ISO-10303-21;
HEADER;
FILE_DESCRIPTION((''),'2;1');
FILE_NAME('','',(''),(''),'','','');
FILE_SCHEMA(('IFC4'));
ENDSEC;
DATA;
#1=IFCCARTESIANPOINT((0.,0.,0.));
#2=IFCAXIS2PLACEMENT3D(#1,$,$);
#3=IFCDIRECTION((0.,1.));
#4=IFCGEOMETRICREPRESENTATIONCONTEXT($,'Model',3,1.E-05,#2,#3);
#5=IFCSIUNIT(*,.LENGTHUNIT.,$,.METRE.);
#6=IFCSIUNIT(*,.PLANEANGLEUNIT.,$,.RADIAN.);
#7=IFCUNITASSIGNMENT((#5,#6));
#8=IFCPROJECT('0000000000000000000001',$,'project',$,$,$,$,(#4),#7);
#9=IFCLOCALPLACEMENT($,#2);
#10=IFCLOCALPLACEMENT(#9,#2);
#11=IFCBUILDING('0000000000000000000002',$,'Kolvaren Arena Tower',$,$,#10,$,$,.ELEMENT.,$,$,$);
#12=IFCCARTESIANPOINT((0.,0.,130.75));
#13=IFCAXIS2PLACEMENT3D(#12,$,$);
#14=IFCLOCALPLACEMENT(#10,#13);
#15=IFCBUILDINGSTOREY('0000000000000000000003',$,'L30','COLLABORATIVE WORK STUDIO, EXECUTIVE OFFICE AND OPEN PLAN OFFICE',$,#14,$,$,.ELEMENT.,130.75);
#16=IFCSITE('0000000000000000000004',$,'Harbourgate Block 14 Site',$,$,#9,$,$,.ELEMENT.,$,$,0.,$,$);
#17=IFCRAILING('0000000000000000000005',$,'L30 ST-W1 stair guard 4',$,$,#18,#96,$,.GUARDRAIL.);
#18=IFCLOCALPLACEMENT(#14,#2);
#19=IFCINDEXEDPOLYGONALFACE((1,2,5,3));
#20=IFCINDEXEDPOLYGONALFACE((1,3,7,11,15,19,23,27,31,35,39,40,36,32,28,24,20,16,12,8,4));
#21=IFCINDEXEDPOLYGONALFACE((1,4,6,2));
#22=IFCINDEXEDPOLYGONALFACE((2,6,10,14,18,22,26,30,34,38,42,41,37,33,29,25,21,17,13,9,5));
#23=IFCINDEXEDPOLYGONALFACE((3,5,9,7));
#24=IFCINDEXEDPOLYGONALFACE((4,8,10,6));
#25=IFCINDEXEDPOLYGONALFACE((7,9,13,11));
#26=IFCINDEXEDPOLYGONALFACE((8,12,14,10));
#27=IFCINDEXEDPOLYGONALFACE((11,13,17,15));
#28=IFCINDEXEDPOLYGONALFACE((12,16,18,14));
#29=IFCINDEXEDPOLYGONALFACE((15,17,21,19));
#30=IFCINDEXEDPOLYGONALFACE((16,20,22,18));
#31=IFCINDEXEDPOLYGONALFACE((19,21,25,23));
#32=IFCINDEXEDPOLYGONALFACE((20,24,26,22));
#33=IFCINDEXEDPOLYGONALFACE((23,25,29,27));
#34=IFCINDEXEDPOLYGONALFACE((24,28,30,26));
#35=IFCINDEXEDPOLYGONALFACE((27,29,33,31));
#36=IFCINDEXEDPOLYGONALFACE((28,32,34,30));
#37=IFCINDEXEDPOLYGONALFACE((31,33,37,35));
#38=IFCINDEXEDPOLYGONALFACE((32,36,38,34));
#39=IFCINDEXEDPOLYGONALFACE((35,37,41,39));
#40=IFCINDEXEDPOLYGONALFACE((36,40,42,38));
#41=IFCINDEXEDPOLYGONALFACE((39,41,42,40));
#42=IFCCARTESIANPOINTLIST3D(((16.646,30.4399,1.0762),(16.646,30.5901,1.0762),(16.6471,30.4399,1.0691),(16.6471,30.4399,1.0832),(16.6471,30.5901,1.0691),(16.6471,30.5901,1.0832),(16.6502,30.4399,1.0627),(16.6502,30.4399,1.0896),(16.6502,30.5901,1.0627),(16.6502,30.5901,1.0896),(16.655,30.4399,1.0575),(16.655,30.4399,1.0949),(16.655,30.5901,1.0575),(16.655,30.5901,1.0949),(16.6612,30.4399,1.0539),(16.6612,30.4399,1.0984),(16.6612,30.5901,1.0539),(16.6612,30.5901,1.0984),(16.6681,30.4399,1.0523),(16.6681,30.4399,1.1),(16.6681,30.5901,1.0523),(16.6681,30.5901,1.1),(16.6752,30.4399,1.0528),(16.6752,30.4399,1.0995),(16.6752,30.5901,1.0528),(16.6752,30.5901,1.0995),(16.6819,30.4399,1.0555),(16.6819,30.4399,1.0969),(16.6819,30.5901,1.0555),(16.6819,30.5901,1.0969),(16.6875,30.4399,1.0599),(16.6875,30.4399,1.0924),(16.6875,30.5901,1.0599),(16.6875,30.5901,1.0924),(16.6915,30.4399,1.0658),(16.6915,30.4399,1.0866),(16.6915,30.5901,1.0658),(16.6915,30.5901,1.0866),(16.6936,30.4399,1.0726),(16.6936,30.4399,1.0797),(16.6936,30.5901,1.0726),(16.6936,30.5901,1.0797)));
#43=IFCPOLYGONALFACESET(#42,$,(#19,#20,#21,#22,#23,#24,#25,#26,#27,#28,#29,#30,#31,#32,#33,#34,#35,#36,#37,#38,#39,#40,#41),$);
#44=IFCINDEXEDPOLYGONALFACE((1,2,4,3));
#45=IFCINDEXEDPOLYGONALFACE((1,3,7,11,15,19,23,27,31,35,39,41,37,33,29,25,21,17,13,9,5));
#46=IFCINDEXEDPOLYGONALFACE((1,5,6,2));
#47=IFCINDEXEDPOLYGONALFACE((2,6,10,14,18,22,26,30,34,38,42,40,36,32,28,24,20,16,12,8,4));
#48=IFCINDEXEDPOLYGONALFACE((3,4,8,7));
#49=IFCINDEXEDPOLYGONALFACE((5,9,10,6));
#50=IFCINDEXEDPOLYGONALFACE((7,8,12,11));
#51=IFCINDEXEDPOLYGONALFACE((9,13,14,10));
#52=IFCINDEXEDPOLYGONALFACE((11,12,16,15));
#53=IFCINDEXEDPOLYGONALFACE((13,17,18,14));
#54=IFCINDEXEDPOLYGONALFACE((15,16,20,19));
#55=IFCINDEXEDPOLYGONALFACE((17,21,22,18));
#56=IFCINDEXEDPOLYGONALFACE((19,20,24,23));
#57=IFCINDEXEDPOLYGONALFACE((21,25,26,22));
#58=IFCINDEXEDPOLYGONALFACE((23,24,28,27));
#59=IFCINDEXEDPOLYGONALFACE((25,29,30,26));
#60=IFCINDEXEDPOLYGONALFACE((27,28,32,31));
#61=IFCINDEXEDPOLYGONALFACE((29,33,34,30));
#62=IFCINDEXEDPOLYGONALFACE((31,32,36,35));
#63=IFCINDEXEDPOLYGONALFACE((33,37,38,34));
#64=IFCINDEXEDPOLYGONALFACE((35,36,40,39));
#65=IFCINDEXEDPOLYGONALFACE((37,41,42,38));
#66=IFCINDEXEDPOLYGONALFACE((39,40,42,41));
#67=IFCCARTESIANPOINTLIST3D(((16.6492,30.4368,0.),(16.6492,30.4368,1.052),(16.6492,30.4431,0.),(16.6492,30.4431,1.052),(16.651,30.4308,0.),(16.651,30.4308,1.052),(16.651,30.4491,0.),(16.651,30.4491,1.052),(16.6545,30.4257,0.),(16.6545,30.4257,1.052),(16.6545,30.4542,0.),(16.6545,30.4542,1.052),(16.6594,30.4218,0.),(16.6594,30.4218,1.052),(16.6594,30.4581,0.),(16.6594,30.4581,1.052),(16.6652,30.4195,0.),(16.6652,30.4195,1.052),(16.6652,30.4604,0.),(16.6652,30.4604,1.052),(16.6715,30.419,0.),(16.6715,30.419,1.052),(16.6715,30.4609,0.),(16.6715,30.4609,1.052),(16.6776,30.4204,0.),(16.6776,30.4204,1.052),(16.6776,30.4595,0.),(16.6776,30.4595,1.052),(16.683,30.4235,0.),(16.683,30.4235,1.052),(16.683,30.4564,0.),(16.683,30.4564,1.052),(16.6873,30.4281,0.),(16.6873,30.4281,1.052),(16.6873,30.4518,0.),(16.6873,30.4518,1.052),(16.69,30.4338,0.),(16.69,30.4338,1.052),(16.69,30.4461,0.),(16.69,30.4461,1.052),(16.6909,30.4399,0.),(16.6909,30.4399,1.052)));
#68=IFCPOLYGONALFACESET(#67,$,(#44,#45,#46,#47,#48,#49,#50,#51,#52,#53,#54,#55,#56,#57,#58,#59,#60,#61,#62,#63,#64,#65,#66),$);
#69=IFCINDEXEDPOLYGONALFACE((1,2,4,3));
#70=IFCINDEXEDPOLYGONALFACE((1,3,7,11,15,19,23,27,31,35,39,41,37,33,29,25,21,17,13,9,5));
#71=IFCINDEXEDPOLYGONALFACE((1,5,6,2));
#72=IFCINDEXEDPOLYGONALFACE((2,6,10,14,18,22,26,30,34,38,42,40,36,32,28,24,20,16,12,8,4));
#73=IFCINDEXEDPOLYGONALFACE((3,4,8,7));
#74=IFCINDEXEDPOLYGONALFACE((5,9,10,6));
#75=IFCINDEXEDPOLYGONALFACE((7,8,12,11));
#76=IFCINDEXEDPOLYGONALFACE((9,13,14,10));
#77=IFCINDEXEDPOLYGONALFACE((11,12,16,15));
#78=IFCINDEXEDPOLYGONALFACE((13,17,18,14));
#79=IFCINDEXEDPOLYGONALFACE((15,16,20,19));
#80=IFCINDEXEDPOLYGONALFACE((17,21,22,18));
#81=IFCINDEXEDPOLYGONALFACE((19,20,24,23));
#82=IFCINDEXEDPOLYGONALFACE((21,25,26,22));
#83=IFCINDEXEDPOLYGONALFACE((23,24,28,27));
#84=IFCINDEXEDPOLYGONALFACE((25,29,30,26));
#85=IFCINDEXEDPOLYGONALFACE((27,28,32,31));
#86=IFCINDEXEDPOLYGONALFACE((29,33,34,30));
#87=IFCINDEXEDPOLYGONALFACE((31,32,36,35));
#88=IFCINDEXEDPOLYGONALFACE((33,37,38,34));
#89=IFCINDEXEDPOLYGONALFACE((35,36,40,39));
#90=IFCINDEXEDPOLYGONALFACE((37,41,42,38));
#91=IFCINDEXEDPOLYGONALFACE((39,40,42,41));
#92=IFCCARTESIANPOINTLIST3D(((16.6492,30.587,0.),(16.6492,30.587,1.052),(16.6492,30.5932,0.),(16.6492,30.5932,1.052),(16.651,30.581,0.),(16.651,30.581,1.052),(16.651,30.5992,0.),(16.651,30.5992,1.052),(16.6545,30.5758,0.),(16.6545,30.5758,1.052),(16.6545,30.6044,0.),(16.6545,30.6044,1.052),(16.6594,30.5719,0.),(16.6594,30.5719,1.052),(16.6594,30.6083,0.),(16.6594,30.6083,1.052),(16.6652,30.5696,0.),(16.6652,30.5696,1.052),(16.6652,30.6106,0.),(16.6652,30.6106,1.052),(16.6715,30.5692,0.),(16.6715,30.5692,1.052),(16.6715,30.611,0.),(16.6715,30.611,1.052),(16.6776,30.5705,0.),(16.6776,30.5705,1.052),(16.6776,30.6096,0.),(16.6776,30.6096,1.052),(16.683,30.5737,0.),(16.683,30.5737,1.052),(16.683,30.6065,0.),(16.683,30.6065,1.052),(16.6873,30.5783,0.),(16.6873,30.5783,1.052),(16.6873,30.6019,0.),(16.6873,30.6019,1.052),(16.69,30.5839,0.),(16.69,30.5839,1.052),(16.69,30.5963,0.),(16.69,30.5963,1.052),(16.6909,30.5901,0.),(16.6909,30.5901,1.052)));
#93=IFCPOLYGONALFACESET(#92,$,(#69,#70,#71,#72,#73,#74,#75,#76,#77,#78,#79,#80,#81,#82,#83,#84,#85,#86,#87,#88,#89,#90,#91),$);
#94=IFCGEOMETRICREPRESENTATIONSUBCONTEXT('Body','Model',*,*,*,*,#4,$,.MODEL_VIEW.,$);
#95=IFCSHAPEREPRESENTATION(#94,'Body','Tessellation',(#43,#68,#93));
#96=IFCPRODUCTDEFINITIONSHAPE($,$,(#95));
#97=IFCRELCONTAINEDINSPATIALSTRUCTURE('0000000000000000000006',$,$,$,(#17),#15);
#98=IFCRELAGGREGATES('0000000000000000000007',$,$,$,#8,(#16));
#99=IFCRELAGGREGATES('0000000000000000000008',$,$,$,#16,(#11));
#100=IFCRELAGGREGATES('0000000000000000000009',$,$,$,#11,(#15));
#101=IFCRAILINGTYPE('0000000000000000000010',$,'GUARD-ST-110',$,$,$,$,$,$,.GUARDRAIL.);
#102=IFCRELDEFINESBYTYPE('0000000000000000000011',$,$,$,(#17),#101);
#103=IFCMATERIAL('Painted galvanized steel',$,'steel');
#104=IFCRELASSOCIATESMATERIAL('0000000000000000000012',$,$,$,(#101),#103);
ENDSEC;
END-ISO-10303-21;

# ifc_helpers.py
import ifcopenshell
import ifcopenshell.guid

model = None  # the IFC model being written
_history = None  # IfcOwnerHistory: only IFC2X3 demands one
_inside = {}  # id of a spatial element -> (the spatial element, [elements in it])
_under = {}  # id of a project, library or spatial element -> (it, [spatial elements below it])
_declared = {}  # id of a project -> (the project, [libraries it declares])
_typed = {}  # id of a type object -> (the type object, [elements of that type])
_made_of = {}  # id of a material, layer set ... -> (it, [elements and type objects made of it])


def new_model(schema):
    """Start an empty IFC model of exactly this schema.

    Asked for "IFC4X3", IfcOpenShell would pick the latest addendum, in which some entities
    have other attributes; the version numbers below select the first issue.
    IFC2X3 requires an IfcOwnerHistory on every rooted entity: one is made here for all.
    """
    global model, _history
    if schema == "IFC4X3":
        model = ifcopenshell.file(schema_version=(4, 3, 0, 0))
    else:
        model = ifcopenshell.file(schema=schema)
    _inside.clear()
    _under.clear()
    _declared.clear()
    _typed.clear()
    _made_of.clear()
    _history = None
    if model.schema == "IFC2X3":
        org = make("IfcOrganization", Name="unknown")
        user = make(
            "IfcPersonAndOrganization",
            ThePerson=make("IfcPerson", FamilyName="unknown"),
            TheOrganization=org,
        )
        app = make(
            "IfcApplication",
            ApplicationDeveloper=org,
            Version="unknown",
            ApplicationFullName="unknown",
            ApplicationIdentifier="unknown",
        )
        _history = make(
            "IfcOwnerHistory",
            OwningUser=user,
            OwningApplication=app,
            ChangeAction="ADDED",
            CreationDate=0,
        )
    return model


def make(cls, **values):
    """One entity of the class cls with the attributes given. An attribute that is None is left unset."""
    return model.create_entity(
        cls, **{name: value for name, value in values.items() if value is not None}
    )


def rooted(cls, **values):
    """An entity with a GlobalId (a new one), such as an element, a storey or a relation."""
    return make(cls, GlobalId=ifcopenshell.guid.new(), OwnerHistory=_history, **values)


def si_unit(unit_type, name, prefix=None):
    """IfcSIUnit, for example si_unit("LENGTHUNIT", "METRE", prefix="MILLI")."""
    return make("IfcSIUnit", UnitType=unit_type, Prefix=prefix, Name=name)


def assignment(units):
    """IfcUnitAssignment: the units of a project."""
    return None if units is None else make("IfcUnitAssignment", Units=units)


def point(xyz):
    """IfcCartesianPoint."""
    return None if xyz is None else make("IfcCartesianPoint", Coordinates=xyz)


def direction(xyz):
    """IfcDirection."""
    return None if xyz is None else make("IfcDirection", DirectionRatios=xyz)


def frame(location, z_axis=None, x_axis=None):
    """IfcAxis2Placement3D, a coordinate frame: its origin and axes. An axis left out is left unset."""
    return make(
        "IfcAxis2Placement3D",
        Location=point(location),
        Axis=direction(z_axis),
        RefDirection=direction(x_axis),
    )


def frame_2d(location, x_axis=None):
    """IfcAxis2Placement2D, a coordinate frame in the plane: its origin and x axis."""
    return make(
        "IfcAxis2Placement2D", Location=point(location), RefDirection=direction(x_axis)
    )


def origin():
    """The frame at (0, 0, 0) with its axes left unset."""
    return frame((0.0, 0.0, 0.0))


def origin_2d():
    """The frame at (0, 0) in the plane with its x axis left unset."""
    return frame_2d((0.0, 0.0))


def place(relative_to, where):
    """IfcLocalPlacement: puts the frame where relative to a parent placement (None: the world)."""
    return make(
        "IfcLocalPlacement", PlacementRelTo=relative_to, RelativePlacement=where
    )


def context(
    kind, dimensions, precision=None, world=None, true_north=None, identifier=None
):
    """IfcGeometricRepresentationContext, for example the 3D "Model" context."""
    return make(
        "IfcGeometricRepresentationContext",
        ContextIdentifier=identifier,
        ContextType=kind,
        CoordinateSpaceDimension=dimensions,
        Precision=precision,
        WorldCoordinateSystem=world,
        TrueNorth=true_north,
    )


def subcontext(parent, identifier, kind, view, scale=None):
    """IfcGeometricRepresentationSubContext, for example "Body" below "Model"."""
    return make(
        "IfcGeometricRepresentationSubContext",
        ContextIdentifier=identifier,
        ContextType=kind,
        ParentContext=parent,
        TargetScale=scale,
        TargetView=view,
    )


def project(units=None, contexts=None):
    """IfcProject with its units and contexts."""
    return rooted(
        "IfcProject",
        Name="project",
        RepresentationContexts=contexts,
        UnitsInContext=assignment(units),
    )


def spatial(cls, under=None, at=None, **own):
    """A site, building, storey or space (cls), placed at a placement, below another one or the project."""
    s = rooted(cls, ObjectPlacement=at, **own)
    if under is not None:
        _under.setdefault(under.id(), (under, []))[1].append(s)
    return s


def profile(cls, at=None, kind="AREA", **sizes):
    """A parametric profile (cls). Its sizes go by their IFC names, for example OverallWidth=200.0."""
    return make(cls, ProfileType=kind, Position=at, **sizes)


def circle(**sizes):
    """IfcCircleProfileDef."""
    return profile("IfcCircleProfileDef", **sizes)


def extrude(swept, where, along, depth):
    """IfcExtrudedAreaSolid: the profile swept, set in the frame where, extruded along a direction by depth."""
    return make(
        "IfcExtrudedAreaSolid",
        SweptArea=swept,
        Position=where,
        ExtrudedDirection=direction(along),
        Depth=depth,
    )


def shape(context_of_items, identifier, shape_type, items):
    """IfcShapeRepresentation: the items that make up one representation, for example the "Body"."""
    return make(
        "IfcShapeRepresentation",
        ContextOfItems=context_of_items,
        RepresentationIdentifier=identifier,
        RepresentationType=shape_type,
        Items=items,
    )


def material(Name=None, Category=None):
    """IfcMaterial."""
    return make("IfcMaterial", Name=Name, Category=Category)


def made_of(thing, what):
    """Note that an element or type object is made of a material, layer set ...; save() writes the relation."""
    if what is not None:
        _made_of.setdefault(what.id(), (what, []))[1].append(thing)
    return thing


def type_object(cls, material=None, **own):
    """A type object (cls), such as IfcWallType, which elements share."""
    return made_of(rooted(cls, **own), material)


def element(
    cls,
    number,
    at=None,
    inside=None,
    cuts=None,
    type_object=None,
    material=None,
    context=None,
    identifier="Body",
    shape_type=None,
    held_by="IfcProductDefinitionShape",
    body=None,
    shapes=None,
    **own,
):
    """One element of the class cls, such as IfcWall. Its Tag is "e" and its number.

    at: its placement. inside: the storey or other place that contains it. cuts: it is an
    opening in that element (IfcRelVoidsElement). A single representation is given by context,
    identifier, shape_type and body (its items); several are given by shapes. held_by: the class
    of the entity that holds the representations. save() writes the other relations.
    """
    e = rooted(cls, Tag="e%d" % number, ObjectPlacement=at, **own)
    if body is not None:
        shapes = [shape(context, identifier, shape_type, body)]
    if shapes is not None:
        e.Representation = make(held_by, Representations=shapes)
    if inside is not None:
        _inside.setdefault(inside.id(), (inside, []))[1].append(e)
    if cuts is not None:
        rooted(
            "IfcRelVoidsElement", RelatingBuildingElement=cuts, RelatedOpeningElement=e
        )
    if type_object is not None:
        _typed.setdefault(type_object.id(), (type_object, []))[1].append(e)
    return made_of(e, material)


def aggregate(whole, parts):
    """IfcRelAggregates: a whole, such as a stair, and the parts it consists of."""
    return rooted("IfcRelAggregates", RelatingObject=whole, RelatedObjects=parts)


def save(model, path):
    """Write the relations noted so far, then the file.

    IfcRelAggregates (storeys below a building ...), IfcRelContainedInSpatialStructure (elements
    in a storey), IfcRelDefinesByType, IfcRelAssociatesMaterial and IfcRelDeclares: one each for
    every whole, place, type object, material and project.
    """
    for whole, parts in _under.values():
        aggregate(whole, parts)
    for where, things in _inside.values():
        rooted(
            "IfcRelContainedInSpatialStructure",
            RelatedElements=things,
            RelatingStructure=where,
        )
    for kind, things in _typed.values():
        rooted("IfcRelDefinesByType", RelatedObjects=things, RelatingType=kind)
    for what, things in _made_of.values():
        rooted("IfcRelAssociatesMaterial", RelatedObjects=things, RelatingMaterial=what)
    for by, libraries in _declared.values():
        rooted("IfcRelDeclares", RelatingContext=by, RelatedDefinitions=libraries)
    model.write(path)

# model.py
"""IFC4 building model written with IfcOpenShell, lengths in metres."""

from ifc_helpers import new_model, si_unit, direction, frame, origin, origin_2d, place, context, subcontext, project, spatial, circle, extrude, material, type_object, element, save


model = new_model("IFC4")

# Units and contexts
model_context = context("Model", 3, precision=1e-05, world=origin(), true_north=direction((0.0, 1.0)))
body_context = subcontext(model_context, "Body", "Model", "MODEL_VIEW")
ifc_project = project(units=[si_unit("LENGTHUNIT", "METRE"), si_unit("PLANEANGLEUNIT", "RADIAN")], contexts=[model_context])

# Site, building, storey
site_placement = place(None, origin())
site = spatial("IfcSite", under=ifc_project, at=site_placement, Name="Harbourgate Block 14 Site", CompositionType="ELEMENT", RefElevation=0.0)
building_placement = place(site_placement, origin())
building = spatial("IfcBuilding", under=site, at=building_placement, Name="Kolvaren Arena Tower", CompositionType="ELEMENT")
storey_placement = place(building_placement, frame((0.0, 0.0, 130.75)))
storey = spatial("IfcBuildingStorey", under=building, at=storey_placement, Name="L30", Description="COLLABORATIVE WORK STUDIO, EXECUTIVE OFFICE AND OPEN PLAN OFFICE", CompositionType="ELEMENT", Elevation=130.75)

# Railing
ifc_material_1 = material(Name="Painted galvanized steel", Category="steel")
railing_type_1 = type_object("IfcRailingType", Name="GUARD-ST-110", PredefinedType="GUARDRAIL", material=ifc_material_1)
railing_1_placement = place(storey_placement, frame((16.6699, 30.4399, 0.0)))
element("IfcRailing", 1, at=railing_1_placement, inside=storey, type_object=railing_type_1, Name="L30 ST-W1 stair guard 4", PredefinedType="GUARDRAIL", context=body_context, shape_type="SweptSolid", body=[
    extrude(circle(Radius=0.0239, at=origin_2d()), frame((0.0, 0.0, 1.0762), z_axis=(0.0, 1.0, 0.0), x_axis=(-1.0, 0.0, 0.0)), (0.0, 0.0, 1.0), 0.1501),
    extrude(circle(Radius=0.021, at=origin_2d()), origin(), (0.0, 0.0, 1.0), 1.052),
    extrude(circle(Radius=0.021, at=origin_2d()), frame((0.0, 0.1501, 0.0)), (0.0, 0.0, 1.0), 1.052),
])

save(model, "model.ifc")
